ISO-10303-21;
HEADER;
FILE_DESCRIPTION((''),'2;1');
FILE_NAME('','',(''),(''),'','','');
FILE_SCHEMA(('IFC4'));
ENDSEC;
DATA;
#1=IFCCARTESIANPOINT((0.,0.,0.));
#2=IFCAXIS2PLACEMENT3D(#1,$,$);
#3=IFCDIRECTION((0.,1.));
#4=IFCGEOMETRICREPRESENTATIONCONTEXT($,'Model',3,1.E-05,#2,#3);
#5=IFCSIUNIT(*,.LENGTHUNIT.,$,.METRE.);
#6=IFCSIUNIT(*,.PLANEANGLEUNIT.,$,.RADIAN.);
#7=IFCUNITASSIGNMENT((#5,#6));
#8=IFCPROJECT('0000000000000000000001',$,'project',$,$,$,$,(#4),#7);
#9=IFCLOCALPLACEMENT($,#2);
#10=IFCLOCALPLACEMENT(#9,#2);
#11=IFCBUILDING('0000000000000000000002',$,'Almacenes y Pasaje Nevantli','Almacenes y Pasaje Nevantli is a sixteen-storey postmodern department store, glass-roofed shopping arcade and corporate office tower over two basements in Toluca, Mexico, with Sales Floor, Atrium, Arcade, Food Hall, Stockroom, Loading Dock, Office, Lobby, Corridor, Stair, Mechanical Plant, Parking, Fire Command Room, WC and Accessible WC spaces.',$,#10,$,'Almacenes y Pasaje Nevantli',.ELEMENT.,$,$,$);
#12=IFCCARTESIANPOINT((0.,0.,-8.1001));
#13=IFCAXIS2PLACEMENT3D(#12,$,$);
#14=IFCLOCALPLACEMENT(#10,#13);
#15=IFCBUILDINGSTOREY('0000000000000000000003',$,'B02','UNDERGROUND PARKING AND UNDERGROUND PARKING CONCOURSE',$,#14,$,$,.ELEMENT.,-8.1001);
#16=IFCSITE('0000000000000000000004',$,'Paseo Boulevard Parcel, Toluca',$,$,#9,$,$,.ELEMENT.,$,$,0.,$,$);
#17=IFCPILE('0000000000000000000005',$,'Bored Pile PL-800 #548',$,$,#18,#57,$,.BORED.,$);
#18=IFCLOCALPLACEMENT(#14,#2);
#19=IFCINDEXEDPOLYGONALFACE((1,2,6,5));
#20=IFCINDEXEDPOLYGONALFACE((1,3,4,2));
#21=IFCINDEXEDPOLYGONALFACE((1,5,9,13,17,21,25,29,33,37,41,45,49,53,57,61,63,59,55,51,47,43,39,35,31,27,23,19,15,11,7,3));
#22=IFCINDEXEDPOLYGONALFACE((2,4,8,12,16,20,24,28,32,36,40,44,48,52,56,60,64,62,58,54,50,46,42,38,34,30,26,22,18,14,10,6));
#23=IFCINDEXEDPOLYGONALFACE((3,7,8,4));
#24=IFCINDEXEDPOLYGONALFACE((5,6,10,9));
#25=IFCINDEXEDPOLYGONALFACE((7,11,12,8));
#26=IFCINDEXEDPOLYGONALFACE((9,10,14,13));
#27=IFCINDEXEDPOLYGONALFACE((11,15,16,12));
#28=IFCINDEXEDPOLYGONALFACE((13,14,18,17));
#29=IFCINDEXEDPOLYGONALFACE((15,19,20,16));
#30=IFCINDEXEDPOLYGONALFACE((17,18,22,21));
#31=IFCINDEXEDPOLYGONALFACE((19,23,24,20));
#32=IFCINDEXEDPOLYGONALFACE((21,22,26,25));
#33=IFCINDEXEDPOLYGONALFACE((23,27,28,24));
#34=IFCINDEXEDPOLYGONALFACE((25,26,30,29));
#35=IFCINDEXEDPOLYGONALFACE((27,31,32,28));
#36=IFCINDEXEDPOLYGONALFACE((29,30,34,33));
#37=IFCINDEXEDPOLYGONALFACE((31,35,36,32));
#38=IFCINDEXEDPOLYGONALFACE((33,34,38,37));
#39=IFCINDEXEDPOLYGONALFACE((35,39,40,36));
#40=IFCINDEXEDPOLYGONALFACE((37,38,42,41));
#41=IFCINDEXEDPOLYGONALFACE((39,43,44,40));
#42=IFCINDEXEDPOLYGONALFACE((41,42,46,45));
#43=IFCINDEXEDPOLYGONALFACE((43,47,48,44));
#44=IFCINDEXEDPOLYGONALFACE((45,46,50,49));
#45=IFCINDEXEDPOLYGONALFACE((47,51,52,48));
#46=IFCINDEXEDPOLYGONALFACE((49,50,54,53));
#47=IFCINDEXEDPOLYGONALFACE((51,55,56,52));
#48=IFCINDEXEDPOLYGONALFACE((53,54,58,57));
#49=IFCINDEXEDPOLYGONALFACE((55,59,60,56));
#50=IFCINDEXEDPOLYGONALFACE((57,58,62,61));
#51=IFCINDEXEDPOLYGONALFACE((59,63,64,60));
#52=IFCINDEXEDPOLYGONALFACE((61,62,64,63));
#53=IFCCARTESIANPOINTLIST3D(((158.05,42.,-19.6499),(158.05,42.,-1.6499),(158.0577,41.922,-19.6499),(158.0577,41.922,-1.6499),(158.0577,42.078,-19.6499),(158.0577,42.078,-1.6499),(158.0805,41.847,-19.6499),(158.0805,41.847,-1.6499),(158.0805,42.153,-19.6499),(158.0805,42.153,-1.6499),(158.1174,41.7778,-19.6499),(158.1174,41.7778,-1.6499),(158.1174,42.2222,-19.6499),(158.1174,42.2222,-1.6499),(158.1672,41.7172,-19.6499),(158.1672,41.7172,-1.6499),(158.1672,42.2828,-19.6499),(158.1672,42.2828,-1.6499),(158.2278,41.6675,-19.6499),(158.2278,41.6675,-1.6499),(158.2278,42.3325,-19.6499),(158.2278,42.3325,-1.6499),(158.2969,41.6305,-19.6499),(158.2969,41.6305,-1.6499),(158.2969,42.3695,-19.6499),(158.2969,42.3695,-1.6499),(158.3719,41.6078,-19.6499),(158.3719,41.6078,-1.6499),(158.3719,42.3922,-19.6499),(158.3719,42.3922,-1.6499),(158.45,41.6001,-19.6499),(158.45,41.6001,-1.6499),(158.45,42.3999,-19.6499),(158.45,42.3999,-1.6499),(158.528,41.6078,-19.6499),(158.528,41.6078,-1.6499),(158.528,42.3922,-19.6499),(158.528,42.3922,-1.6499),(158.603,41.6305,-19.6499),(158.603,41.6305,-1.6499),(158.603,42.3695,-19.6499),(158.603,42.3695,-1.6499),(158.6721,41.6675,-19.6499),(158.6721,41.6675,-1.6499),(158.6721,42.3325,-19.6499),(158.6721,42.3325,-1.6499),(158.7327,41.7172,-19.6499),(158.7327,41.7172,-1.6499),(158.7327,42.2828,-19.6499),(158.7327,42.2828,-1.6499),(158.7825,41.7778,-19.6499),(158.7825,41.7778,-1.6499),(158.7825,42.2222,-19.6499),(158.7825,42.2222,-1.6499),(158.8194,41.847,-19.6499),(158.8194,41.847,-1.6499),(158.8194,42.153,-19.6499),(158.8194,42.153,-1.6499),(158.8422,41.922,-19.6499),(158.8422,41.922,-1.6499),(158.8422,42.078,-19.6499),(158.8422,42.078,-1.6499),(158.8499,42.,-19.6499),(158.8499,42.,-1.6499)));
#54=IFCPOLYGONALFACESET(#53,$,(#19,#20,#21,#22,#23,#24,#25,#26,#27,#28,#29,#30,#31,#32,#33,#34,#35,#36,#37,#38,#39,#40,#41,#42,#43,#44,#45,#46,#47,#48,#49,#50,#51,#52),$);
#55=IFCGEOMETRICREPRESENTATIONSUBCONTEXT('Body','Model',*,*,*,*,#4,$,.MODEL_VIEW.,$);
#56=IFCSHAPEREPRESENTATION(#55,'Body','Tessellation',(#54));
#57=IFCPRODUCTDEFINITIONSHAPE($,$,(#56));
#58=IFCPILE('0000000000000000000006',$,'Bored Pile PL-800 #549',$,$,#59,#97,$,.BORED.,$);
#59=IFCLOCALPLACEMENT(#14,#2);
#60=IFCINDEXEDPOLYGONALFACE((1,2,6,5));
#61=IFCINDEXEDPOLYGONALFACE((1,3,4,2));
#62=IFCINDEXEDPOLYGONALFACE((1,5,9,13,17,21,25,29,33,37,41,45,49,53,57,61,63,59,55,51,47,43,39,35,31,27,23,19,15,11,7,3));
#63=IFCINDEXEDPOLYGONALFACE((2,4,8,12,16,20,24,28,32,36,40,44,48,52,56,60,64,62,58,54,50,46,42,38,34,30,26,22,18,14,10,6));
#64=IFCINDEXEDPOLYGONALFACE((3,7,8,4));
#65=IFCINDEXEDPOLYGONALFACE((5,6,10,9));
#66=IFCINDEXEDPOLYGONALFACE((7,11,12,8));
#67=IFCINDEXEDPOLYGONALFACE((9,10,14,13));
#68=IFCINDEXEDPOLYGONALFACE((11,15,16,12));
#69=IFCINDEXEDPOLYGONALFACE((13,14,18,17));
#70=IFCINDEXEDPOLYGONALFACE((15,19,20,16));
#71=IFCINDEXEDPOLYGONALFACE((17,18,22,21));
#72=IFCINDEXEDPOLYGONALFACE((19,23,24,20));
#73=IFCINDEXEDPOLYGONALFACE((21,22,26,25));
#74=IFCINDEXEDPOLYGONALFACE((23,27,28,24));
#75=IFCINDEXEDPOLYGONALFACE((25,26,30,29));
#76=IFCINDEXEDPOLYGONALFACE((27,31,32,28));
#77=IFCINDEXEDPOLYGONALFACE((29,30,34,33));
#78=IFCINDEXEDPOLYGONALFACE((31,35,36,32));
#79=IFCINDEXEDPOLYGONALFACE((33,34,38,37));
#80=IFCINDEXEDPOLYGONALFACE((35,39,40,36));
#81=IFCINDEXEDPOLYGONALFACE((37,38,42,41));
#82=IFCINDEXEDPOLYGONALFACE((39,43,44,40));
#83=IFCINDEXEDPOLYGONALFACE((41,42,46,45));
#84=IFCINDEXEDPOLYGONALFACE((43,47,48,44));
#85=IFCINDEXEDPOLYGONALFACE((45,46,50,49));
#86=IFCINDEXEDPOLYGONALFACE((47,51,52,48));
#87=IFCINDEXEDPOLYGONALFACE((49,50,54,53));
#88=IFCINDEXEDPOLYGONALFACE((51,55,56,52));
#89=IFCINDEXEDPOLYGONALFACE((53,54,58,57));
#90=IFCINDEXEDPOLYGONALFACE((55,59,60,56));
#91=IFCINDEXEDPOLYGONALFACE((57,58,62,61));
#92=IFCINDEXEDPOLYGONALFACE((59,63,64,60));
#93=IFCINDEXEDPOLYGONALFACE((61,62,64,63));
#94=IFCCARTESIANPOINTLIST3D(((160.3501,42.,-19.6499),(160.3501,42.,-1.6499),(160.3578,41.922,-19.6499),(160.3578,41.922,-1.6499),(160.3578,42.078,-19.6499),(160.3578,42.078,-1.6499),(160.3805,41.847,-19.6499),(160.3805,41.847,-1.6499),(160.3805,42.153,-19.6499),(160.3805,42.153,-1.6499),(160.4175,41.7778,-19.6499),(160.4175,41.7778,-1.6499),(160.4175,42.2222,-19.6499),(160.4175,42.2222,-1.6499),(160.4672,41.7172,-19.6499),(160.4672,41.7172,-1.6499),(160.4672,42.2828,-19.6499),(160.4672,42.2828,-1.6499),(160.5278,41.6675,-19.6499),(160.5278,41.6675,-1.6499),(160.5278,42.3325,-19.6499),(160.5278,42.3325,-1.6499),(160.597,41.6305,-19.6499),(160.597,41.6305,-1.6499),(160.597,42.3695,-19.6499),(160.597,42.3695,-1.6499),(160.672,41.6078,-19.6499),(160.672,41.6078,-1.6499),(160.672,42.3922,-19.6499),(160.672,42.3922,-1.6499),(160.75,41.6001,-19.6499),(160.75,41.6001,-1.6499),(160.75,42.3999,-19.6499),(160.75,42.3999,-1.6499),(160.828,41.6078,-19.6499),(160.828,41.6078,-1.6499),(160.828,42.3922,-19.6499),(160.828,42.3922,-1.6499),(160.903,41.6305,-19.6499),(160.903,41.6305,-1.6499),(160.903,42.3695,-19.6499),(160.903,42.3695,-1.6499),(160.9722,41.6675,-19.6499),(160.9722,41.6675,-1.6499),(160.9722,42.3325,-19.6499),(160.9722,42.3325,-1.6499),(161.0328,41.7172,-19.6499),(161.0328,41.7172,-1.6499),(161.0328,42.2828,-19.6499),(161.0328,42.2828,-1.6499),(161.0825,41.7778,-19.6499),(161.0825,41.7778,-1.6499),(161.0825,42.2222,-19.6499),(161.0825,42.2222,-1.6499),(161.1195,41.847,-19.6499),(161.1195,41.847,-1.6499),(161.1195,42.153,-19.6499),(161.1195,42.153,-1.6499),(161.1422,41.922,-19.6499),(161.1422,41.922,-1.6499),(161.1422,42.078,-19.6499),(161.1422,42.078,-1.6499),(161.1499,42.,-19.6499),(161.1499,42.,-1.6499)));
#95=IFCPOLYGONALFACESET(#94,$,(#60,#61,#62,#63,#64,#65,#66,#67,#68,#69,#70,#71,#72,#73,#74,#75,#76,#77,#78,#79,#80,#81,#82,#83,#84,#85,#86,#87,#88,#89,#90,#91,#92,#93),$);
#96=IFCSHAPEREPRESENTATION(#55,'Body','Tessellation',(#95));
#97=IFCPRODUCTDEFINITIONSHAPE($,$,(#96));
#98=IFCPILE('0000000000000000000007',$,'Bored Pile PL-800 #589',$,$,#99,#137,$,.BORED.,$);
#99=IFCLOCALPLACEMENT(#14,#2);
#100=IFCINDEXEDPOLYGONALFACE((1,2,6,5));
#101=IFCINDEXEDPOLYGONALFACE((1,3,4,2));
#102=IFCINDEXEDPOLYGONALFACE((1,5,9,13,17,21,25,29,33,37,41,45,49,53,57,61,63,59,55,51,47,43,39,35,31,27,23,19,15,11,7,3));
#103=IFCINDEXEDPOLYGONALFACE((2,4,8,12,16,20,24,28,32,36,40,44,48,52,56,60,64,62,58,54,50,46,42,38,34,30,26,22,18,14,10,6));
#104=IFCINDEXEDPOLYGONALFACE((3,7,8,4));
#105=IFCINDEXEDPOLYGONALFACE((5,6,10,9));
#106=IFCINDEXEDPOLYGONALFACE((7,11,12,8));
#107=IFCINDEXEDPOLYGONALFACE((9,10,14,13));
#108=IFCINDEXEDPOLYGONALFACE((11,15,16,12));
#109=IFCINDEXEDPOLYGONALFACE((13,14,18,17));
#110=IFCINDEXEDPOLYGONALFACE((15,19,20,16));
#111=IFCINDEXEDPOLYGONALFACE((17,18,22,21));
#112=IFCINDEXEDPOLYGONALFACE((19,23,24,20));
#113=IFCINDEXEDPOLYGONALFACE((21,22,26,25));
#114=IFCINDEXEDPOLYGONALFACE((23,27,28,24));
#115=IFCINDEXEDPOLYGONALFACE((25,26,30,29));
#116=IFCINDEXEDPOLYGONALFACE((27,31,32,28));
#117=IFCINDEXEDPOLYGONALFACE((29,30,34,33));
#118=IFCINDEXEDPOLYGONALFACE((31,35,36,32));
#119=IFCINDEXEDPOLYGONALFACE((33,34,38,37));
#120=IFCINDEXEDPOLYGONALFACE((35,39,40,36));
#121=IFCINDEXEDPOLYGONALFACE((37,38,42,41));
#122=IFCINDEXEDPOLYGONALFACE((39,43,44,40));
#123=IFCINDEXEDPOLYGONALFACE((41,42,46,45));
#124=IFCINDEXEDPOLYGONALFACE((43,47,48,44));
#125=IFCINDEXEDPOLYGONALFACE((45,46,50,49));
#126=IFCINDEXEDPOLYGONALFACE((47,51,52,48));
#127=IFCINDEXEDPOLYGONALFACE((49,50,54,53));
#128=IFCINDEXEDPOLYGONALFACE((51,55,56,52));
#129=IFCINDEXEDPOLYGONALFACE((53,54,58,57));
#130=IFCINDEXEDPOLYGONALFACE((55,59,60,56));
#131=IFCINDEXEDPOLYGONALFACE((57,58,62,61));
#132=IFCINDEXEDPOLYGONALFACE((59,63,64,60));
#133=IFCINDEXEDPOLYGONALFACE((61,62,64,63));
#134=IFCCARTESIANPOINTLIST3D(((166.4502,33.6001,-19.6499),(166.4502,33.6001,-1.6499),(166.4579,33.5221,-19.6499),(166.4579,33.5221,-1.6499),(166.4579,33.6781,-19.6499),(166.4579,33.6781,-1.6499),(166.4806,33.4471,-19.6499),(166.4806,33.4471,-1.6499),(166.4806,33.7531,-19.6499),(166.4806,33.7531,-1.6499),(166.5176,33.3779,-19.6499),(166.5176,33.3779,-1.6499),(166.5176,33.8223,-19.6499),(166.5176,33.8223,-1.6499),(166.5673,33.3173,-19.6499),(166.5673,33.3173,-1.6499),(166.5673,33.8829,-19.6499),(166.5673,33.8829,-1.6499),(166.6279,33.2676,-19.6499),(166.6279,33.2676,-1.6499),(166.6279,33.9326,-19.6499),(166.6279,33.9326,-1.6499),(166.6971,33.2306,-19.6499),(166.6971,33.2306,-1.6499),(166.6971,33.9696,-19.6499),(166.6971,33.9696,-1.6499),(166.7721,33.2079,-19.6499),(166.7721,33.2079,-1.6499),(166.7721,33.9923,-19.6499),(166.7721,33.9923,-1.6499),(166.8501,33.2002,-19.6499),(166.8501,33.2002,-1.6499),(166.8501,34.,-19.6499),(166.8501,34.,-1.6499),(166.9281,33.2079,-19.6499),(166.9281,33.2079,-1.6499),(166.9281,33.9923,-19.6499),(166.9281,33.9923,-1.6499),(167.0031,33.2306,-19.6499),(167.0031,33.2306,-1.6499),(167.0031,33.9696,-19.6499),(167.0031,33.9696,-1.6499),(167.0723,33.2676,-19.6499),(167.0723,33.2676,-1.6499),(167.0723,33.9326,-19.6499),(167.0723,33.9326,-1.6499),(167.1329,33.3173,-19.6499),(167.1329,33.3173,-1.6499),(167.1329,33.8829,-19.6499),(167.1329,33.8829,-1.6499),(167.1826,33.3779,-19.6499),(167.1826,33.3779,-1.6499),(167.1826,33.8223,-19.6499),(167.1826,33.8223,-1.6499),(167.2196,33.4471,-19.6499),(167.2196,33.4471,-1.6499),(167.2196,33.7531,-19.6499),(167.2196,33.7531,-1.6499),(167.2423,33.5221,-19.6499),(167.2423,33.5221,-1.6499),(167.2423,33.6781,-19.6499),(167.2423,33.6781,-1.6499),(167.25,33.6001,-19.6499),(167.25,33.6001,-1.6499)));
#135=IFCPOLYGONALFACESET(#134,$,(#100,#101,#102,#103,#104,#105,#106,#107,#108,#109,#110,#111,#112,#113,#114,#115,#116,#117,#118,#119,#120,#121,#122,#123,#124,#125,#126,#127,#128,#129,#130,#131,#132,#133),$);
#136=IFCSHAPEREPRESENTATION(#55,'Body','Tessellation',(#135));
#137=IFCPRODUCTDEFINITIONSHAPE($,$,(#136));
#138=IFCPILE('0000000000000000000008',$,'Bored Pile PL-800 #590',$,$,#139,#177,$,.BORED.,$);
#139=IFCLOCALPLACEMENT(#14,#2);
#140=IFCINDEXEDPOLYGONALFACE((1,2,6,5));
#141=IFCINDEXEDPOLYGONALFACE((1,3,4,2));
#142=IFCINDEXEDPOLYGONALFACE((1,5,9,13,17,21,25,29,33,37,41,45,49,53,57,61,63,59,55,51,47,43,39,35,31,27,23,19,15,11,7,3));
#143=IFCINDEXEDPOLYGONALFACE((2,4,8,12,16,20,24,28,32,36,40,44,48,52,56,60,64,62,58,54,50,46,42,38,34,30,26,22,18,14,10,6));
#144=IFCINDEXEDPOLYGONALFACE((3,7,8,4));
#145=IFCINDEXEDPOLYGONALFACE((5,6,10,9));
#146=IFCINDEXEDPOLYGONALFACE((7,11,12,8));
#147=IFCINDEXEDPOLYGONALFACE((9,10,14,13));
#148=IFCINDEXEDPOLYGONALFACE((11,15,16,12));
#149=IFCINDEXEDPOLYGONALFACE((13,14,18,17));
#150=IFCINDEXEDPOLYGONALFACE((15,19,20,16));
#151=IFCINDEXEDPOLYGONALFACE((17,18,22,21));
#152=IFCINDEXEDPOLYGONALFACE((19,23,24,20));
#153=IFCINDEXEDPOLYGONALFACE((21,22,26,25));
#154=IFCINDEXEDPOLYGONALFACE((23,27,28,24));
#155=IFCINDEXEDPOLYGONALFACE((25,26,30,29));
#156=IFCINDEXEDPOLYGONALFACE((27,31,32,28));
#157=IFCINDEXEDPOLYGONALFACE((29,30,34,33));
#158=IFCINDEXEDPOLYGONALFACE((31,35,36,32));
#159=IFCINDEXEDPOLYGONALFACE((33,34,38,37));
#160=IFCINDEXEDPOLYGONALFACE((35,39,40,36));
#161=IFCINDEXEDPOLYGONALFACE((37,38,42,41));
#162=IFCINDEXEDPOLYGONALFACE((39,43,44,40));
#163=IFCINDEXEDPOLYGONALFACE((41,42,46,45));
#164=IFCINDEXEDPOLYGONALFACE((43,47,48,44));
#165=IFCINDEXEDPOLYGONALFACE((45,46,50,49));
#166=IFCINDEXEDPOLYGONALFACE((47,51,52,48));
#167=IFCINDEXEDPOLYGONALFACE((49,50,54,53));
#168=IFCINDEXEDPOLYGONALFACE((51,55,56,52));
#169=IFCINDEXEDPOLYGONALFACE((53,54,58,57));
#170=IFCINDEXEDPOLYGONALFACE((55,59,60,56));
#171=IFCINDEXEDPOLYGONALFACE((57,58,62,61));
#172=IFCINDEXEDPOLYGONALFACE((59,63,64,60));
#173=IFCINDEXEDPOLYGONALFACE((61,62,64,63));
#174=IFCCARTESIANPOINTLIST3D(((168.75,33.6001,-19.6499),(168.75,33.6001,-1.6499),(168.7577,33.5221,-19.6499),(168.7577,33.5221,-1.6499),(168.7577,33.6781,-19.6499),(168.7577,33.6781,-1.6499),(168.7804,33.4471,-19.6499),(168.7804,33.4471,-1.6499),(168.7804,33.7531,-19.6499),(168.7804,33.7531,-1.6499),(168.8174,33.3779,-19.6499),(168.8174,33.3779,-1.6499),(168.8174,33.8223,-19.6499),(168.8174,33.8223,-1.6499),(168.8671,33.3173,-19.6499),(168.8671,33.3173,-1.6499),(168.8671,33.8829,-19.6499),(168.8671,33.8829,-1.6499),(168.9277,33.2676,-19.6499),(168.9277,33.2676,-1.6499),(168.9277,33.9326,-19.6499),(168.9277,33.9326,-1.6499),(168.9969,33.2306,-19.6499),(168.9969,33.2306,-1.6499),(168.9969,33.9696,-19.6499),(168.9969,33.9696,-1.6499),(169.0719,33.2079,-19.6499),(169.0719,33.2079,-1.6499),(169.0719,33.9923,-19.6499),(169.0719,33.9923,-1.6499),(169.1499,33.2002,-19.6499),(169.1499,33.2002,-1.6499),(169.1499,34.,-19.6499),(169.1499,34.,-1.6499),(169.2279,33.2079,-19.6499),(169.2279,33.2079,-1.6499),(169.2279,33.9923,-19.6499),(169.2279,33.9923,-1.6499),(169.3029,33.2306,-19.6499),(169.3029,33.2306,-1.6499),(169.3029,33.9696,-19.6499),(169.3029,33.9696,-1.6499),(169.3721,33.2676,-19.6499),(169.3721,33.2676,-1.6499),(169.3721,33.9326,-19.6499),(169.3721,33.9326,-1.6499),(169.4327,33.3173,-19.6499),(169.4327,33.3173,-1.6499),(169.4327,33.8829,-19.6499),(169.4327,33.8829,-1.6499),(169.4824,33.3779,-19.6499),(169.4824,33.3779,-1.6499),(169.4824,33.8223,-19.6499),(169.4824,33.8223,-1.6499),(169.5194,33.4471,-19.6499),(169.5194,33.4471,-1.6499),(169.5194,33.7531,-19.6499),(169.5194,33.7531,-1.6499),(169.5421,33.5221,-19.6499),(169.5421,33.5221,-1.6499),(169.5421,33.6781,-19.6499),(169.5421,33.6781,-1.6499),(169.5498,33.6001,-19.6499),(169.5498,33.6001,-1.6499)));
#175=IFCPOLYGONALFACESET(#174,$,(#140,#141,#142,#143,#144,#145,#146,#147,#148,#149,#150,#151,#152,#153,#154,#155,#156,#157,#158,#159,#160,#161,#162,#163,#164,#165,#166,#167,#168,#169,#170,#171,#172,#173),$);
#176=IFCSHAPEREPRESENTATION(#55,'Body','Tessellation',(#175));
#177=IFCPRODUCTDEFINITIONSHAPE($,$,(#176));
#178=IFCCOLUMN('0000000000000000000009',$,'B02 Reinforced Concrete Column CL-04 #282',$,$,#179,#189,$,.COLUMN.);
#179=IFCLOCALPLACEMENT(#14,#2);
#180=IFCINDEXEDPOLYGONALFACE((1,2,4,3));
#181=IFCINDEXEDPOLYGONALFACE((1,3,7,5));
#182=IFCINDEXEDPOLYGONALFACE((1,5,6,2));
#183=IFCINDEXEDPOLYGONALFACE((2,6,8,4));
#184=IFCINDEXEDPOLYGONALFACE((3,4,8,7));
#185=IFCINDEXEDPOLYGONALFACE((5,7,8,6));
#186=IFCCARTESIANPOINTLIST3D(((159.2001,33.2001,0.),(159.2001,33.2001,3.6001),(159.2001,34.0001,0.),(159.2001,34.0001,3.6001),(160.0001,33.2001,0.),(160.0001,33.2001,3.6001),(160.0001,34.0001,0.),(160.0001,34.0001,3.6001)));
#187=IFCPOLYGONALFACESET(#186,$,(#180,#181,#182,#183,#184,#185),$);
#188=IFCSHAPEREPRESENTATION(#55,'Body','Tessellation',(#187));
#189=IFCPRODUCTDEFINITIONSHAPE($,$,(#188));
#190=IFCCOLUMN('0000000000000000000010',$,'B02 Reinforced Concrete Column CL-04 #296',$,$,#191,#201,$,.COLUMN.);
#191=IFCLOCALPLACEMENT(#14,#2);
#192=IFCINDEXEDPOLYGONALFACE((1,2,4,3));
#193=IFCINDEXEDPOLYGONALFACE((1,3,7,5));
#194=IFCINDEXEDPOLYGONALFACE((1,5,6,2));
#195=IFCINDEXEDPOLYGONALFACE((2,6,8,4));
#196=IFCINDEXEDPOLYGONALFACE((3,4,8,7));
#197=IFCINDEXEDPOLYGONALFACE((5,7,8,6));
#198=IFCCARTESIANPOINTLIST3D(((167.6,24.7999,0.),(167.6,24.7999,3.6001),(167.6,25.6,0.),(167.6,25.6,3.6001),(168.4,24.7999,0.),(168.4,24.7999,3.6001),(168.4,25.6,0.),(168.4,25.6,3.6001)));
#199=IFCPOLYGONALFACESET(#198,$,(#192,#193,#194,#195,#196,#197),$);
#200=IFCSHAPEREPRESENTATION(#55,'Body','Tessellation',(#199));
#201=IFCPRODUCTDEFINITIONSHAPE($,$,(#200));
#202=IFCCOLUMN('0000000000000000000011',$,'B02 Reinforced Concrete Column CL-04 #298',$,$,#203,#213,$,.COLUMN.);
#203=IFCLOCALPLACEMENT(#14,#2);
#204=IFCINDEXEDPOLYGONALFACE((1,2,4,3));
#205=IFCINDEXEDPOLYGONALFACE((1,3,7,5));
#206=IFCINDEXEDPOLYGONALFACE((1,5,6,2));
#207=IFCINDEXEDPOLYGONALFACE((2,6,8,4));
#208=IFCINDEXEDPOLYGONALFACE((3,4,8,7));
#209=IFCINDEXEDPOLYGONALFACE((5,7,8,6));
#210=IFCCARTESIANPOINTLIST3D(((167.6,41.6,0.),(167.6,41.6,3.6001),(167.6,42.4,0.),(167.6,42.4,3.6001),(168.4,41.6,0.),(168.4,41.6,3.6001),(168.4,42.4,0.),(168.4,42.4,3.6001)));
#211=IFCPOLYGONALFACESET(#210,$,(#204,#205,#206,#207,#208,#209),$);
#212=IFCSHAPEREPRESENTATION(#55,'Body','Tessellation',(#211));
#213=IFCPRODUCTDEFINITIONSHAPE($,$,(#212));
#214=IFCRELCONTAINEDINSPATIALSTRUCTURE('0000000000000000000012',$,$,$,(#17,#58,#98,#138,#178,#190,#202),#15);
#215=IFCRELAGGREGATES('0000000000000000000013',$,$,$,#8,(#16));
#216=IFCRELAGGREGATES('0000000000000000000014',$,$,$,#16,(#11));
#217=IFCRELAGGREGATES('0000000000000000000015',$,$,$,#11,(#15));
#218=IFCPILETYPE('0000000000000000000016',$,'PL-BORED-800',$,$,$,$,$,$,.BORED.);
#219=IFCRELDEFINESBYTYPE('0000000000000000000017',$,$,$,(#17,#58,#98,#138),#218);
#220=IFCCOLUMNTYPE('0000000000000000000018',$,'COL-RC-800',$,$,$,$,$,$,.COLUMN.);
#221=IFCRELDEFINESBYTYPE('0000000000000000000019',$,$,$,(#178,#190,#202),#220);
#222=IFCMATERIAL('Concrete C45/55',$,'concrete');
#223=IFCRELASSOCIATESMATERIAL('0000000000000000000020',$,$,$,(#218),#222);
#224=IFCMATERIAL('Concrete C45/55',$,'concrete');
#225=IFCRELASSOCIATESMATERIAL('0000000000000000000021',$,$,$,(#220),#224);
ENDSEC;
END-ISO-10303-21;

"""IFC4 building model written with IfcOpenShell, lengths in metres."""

from ifc_helpers import new_model, si_unit, direction, frame, origin, origin_2d, place, context, subcontext, project, spatial, rectangle, circle, extrude, material, material_profile, profile_set, type_object, element, save


model = new_model("IFC4")

# Units and contexts
model_context = context("Model", 3, precision=1e-05, world=origin(), true_north=direction((0.0, 1.0)))
body_context = subcontext(model_context, "Body", "Model", "MODEL_VIEW")
ifc_project = project(units=[si_unit("LENGTHUNIT", "METRE"), si_unit("PLANEANGLEUNIT", "RADIAN")], contexts=[model_context])

# Site, building, storey
site_placement = place(None, origin())
site = spatial("IfcSite", under=ifc_project, at=site_placement, Name="Paseo Boulevard Parcel, Toluca", CompositionType="ELEMENT", RefElevation=0.0)
building_placement = place(site_placement, origin())
building = spatial("IfcBuilding", under=site, at=building_placement, Name="Almacenes y Pasaje Nevantli", Description="Almacenes y Pasaje Nevantli is a sixteen-storey postmodern department store, glass-roofed shopping arcade and corporate office tower over two basements in Toluca, Mexico, with Sales Floor, Atrium, Arcade, Food Hall, Stockroom, Loading Dock, Office, Lobby, Corridor, Stair, Mechanical Plant, Parking, Fire Command Room, WC and Accessible WC spaces.", LongName="Almacenes y Pasaje Nevantli", CompositionType="ELEMENT")
storey_placement = place(building_placement, frame((0.0, 0.0, -8.1001)))
storey = spatial("IfcBuildingStorey", under=building, at=storey_placement, Name="B02", Description="UNDERGROUND PARKING AND UNDERGROUND PARKING CONCOURSE", CompositionType="ELEMENT", Elevation=-8.1001)

# Piles
ifc_material_1 = material(Name="Concrete C45/55", Category="concrete")
ifc_material_profile_1 = material_profile(ifc_material_1, circle(Radius=0.3999, at=origin_2d()), Name="RC-PILE-D800")
ifc_profile_set_1 = profile_set([ifc_material_profile_1], Name="Concrete C45/55")
pile_type_1 = type_object("IfcPileType", Name="PL-BORED-800", PredefinedType="BORED", material=ifc_profile_set_1)
for number, where, z_axis, x_axis, name in (
    (1, (158.45, 42.0, -1.6499), (0.0, 0.0, -1.0), (1.0, 0.0, 0.0), "Bored Pile PL-800 #548"),
    (2, (160.75, 42.0, -1.6499), (0.0, 0.0, -1.0), (1.0, 0.0, 0.0), "Bored Pile PL-800 #549"),
    (3, (166.8501, 33.6001, -1.6499), (0.0, 0.0, -1.0), (1.0, 0.0, 0.0), "Bored Pile PL-800 #589"),
    (4, (169.1499, 33.6001, -1.6499), (0.0, 0.0, -1.0), (1.0, 0.0, 0.0), "Bored Pile PL-800 #590"),
):
    element("IfcPile", number, at=place(storey_placement, frame(where, z_axis=z_axis, x_axis=x_axis)), inside=storey, type_object=pile_type_1, Name=name, PredefinedType="BORED", context=body_context, shape_type="SweptSolid", body=[
        extrude(circle(Radius=0.3999, at=origin_2d()), origin(), (0.0, 0.0, 1.0), 18.0),
    ])

# Columns
ifc_material_2 = material(Name="Concrete C45/55", Category="concrete")
ifc_material_profile_2 = material_profile(ifc_material_2, rectangle(XDim=0.8, YDim=0.8, at=origin_2d()), Name="RC-COL-800x800")
ifc_profile_set_2 = profile_set([ifc_material_profile_2], Name="Concrete C45/55")
column_type_1 = type_object("IfcColumnType", Name="COL-RC-800", PredefinedType="COLUMN", material=ifc_profile_set_2)
for number, where, z_axis, x_axis, name in (
    (5, (159.6001, 33.6001, 0.0), (0.0, 0.0, 1.0), (1.0, 0.0, 0.0), "B02 Reinforced Concrete Column CL-04 #282"),
    (6, (168.0, 25.2, 0.0), (0.0, 0.0, 1.0), (1.0, 0.0, 0.0), "B02 Reinforced Concrete Column CL-04 #296"),
    (7, (168.0, 42.0, 0.0), (0.0, 0.0, 1.0), (1.0, 0.0, 0.0), "B02 Reinforced Concrete Column CL-04 #298"),
):
    element("IfcColumn", number, at=place(storey_placement, frame(where, z_axis=z_axis, x_axis=x_axis)), inside=storey, type_object=column_type_1, Name=name, PredefinedType="COLUMN", context=body_context, shape_type="SweptSolid", body=[
        extrude(rectangle(XDim=0.8, YDim=0.8, at=origin_2d()), origin(), (0.0, 0.0, 1.0), 3.6001),
    ])

save(model, "model.ifc")
